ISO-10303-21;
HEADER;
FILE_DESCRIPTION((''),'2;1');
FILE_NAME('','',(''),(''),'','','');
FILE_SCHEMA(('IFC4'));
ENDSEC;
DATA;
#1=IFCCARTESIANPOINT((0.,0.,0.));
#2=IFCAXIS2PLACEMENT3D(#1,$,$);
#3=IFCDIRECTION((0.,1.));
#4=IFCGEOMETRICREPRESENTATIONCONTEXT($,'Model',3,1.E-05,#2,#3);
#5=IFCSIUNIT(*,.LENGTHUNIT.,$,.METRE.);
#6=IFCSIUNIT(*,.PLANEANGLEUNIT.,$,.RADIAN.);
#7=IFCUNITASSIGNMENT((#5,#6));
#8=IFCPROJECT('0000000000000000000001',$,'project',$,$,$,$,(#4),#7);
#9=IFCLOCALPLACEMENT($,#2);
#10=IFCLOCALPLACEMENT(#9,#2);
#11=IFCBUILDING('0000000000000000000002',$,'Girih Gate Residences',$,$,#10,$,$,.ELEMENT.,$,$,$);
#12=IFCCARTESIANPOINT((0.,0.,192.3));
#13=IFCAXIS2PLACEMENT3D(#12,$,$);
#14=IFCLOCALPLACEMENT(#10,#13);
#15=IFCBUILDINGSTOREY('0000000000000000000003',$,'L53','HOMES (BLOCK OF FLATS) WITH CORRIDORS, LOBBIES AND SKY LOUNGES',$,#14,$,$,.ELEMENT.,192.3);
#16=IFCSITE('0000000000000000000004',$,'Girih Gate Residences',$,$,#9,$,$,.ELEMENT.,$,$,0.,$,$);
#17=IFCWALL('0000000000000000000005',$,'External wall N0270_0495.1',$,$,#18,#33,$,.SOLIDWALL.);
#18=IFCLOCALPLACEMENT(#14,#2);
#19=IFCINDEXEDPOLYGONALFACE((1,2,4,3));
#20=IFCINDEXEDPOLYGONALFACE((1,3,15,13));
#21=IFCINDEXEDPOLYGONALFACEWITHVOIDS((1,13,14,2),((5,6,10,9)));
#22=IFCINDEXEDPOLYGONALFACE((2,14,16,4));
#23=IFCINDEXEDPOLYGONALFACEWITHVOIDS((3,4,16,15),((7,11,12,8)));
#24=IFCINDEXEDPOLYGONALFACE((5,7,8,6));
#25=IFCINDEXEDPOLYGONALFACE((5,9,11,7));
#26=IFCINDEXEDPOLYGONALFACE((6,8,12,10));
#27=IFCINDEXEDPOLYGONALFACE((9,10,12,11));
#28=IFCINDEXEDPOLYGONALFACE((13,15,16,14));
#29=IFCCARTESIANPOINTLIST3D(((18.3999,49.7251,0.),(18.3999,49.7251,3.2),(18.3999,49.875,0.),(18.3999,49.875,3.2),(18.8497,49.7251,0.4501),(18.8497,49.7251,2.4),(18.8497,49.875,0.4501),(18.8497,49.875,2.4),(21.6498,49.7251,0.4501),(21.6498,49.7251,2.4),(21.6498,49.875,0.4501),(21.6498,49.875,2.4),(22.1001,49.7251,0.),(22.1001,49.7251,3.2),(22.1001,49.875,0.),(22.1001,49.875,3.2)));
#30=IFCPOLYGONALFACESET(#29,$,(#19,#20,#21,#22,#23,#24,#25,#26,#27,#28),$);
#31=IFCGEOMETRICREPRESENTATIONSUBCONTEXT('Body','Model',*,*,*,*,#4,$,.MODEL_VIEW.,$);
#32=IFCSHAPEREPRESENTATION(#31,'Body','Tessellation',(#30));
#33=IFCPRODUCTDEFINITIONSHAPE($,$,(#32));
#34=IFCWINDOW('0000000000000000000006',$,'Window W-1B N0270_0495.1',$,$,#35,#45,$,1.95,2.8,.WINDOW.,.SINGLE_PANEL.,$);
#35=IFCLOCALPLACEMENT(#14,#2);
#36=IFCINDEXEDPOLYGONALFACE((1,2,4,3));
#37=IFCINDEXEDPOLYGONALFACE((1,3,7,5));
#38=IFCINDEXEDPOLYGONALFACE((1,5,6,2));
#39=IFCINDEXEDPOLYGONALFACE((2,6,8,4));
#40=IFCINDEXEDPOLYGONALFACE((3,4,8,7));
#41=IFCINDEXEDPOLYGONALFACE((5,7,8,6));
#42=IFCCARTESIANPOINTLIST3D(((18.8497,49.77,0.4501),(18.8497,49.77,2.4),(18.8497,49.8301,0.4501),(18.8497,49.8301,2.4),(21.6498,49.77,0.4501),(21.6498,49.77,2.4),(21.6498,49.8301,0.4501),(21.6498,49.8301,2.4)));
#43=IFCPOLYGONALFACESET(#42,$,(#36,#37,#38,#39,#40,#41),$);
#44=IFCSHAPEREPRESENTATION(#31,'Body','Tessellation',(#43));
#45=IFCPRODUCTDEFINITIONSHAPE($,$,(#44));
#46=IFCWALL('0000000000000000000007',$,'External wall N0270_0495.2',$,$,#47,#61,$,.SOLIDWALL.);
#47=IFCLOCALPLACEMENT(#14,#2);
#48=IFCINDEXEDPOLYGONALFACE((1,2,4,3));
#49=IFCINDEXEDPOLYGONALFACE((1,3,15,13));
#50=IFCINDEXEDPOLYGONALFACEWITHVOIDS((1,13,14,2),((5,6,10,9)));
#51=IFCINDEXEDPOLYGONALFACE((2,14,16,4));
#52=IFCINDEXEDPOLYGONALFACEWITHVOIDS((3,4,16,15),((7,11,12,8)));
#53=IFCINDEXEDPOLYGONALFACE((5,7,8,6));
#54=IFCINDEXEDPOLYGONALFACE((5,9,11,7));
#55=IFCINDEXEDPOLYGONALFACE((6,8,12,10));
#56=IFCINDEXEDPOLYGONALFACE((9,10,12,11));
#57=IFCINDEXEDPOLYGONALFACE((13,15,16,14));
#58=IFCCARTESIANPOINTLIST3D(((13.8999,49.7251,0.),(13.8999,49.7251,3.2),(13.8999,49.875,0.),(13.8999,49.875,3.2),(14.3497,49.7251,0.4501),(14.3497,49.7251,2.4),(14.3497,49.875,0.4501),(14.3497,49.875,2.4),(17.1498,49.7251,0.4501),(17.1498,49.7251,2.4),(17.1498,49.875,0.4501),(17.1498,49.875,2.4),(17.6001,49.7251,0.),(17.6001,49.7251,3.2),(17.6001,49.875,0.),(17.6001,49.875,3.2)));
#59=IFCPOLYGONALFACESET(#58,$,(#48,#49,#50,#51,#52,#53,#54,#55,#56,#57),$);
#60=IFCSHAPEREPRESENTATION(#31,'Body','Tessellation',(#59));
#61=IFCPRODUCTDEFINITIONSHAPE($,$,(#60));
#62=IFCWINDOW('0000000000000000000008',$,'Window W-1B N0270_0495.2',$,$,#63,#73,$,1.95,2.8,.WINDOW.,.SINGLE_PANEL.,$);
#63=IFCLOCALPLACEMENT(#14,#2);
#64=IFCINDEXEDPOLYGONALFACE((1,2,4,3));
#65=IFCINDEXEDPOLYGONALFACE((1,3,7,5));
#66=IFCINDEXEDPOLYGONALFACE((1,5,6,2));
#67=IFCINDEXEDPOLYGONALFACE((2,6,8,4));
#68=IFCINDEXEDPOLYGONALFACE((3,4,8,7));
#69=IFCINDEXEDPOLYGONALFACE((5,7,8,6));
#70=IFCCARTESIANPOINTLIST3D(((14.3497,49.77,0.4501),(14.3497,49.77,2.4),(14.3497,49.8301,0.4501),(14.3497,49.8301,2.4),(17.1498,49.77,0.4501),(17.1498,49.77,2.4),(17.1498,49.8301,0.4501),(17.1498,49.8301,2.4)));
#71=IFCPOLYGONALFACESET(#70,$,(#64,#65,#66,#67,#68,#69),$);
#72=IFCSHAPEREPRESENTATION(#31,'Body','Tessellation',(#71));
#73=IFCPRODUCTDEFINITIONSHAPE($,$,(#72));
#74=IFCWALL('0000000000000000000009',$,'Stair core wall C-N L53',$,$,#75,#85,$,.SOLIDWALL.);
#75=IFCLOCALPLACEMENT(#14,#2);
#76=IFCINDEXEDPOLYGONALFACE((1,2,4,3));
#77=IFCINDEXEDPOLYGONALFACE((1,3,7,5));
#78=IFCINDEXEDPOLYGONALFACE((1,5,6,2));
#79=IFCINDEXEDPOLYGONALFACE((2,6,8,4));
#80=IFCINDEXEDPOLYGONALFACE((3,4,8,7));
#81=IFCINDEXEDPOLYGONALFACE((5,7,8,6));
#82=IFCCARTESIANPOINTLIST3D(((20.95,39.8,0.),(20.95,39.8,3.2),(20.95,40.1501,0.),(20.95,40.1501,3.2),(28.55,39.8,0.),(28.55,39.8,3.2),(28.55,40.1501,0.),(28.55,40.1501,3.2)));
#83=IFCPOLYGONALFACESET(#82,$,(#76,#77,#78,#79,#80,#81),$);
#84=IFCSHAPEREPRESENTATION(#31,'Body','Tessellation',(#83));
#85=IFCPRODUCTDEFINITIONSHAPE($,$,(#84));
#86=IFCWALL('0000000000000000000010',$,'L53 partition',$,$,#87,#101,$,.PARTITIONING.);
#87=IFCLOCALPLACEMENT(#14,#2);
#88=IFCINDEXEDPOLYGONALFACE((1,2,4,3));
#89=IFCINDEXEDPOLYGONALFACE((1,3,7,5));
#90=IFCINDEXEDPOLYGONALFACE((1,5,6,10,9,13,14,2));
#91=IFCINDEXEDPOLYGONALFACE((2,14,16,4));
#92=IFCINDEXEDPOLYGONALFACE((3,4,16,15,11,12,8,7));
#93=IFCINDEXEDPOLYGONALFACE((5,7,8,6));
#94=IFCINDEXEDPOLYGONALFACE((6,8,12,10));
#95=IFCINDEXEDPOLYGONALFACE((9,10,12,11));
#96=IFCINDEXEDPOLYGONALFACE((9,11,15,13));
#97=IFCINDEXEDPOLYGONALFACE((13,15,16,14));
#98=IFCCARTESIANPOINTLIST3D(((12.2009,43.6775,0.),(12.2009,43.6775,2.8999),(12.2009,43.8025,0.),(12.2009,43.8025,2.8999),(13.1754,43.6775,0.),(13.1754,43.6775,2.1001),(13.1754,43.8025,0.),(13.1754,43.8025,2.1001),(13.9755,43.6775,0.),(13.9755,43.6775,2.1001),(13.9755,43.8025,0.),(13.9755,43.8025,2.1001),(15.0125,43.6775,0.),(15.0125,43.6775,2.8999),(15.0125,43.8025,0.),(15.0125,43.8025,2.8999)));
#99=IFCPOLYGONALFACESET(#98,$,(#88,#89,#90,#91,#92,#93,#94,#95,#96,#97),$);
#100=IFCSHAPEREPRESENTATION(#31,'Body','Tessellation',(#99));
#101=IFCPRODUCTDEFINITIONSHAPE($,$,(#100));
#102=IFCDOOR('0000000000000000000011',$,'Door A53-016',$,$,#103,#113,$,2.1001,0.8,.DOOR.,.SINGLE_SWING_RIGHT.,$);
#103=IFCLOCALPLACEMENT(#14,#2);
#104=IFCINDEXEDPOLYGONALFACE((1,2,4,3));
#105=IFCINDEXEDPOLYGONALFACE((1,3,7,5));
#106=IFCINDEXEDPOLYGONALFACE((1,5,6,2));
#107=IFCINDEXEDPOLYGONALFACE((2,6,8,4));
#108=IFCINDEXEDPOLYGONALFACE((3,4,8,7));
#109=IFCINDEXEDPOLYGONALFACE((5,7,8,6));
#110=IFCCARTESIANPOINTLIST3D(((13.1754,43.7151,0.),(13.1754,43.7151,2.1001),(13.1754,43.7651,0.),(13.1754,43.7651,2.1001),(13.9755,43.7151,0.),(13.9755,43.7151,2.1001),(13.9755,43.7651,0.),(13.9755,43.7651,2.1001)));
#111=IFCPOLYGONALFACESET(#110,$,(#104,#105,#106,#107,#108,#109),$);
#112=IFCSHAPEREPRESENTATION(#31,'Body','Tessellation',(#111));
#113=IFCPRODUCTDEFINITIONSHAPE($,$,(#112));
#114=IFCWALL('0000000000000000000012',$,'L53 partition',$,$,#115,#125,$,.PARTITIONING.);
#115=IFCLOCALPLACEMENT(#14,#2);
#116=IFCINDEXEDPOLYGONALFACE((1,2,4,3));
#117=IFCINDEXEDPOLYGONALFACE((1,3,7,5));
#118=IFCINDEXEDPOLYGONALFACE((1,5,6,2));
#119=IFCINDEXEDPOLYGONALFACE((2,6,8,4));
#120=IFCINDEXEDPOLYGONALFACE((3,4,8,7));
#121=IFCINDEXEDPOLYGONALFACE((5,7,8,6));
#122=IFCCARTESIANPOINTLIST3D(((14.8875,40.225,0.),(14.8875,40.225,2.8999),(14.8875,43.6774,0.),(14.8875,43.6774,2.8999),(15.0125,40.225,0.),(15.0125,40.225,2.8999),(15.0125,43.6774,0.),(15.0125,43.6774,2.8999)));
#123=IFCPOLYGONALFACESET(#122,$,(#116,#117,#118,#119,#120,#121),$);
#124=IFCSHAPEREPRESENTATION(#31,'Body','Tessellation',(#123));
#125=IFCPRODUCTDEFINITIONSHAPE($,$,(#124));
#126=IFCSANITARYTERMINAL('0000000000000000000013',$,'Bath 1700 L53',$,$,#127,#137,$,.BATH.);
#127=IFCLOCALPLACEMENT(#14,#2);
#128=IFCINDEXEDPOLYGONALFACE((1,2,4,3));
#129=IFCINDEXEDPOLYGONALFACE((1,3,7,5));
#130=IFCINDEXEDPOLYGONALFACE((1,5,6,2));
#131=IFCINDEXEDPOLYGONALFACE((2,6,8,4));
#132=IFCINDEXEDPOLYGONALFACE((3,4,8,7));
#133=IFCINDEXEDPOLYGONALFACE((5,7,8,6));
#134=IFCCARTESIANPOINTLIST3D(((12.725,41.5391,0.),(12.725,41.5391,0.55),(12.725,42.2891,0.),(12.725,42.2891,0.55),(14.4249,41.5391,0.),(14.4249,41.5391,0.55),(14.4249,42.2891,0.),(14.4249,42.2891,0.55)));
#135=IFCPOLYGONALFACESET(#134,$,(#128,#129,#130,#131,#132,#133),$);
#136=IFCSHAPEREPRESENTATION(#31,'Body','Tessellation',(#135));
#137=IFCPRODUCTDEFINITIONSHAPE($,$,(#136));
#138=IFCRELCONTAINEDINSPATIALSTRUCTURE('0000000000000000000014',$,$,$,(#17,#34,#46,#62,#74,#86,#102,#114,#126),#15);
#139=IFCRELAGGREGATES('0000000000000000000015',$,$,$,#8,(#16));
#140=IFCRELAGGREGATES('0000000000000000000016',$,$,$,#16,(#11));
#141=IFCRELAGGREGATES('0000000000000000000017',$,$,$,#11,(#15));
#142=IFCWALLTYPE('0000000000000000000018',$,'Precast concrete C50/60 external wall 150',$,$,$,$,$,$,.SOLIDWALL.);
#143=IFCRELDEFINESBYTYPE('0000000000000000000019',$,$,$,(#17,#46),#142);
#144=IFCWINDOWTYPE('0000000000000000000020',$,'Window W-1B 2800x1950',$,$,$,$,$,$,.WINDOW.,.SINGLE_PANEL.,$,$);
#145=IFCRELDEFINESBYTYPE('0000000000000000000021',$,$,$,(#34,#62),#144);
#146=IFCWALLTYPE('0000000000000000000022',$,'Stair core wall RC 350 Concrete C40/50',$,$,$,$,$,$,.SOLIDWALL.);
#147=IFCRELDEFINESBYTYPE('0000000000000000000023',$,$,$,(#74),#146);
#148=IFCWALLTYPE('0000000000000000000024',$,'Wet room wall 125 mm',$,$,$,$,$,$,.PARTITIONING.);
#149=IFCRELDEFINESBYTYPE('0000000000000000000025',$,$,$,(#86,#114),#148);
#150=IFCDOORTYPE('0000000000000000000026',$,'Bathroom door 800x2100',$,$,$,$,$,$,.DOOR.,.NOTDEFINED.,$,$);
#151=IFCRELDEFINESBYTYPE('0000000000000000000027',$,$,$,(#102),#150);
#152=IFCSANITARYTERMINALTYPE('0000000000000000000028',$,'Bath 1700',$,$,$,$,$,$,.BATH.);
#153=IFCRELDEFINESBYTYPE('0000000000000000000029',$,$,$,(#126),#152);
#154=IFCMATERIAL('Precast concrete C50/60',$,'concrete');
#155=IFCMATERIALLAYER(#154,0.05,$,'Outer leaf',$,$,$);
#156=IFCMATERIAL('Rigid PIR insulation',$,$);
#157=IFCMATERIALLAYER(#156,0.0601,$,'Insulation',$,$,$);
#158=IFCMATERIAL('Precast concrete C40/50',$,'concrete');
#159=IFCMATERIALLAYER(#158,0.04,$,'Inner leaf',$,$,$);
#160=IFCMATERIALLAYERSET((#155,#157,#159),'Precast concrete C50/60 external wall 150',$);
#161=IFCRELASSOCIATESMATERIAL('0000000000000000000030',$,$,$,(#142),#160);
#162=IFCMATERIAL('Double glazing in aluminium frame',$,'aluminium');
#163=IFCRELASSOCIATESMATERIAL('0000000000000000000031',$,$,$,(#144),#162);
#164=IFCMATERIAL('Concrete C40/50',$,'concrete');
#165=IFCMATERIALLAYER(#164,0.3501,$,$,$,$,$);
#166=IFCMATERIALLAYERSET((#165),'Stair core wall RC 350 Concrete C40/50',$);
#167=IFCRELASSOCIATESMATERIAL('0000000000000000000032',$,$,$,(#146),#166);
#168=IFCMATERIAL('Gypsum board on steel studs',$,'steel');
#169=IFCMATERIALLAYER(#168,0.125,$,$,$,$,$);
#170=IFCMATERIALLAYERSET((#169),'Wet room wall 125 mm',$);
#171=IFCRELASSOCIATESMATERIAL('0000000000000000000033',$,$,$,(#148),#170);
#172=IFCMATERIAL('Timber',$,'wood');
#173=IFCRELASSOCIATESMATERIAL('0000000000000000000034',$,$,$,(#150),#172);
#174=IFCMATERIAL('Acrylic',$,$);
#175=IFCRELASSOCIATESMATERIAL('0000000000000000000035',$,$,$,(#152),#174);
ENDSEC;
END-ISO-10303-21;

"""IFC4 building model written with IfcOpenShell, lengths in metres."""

from ifc_helpers import new_model, si_unit, direction, frame, frame_2d, origin, origin_2d, place, context, subcontext, project, spatial, rectangle, extrude, material, layer, layer_set, type_object, element, fill, save


model = new_model("IFC4")

# Units and contexts
model_context = context("Model", 3, precision=1e-05, world=origin(), true_north=direction((0.0, 1.0)))
body_context = subcontext(model_context, "Body", "Model", "MODEL_VIEW")
ifc_project = project(units=[si_unit("LENGTHUNIT", "METRE"), si_unit("PLANEANGLEUNIT", "RADIAN")], contexts=[model_context])

# Site, building, storey
site_placement = place(None, origin())
site = spatial("IfcSite", under=ifc_project, at=site_placement, Name="Girih Gate Residences", CompositionType="ELEMENT", RefElevation=0.0)
building_placement = place(site_placement, origin())
building = spatial("IfcBuilding", under=site, at=building_placement, Name="Girih Gate Residences", CompositionType="ELEMENT")
storey_placement = place(building_placement, frame((0.0, 0.0, 192.3)))
storey = spatial("IfcBuildingStorey", under=building, at=storey_placement, Name="L53", Description="HOMES (BLOCK OF FLATS) WITH CORRIDORS, LOBBIES AND SKY LOUNGES", CompositionType="ELEMENT", Elevation=192.3)

# Shared definitions
ifc_material_1 = material(Name="Gypsum board on steel studs", Category="steel")

# Walls, openings, windows
ifc_material_2 = material(Name="Precast concrete C50/60", Category="concrete")
ifc_layer_1 = layer(ifc_material_2, 0.05, Name="Outer leaf")
ifc_material_3 = material(Name="Rigid PIR insulation")
ifc_layer_2 = layer(ifc_material_3, 0.0601, Name="Insulation")
ifc_material_4 = material(Name="Precast concrete C40/50", Category="concrete")
ifc_layer_3 = layer(ifc_material_4, 0.04, Name="Inner leaf")
ifc_layer_set_1 = layer_set([ifc_layer_1, ifc_layer_2, ifc_layer_3], Name="Precast concrete C50/60 external wall 150")
wall_type_1 = type_object("IfcWallType", Name="Precast concrete C50/60 external wall 150", PredefinedType="SOLIDWALL", material=ifc_layer_set_1)
wall_1_placement = place(storey_placement, frame((18.3999, 49.8, 0.0), z_axis=(0.0, 0.0, 1.0), x_axis=(1.0, 0.0, 0.0)))
wall_1 = element("IfcWall", 1, at=wall_1_placement, inside=storey, type_object=wall_type_1, Name="External wall N0270_0495.1", PredefinedType="SOLIDWALL", context=body_context, shape_type="SweptSolid", body=[
    extrude(rectangle(XDim=3.7002, YDim=0.1499, at=frame_2d((1.8501, 0.0))), origin(), (0.0, 0.0, 1.0), 3.2),
])
opening_1_placement = place(wall_1_placement, frame((0.45, 0.0, 0.45)))
opening_1 = element("IfcOpeningElement", 2, at=opening_1_placement, cuts=wall_1, PredefinedType="OPENING", context=body_context, shape_type="SweptSolid", body=[
    extrude(rectangle(XDim=2.8, YDim=1.95, at=frame_2d((1.3999, 0.9751))), frame((0.0, 0.085, 0.0), z_axis=(0.0, -1.0, 0.0), x_axis=(1.0, 0.0, 0.0)), (0.0, 0.0, 1.0), 0.1699),
])
ifc_material_5 = material(Name="Double glazing in aluminium frame", Category="aluminium")
window_type = type_object("IfcWindowType", Name="Window W-1B 2800x1950", PartitioningType="SINGLE_PANEL", PredefinedType="WINDOW", material=ifc_material_5)
window_1_placement = place(opening_1_placement, origin())
window_1 = element("IfcWindow", 3, at=window_1_placement, inside=storey, type_object=window_type, Name="Window W-1B N0270_0495.1", OverallHeight=1.95, OverallWidth=2.8, PartitioningType="SINGLE_PANEL", PredefinedType="WINDOW", context=body_context, shape_type="SweptSolid", body=[
    extrude(rectangle(XDim=2.8, YDim=1.95, at=frame_2d((1.3999, 0.9751))), frame((0.0, 0.03, 0.0), z_axis=(0.0, -1.0, 0.0), x_axis=(1.0, 0.0, 0.0)), (0.0, 0.0, 1.0), 0.0601),
])
fill(opening_1, window_1)
wall_2_placement = place(storey_placement, frame((13.8999, 49.8, 0.0), z_axis=(0.0, 0.0, 1.0), x_axis=(1.0, 0.0, 0.0)))
wall_2 = element("IfcWall", 4, at=wall_2_placement, inside=storey, type_object=wall_type_1, Name="External wall N0270_0495.2", PredefinedType="SOLIDWALL", context=body_context, shape_type="SweptSolid", body=[
    extrude(rectangle(XDim=3.7002, YDim=0.1499, at=frame_2d((1.8501, 0.0))), origin(), (0.0, 0.0, 1.0), 3.2),
])
opening_2_placement = place(wall_2_placement, frame((0.45, 0.0, 0.45)))
opening_2 = element("IfcOpeningElement", 5, at=opening_2_placement, cuts=wall_2, PredefinedType="OPENING", context=body_context, shape_type="SweptSolid", body=[
    extrude(rectangle(XDim=2.8, YDim=1.95, at=frame_2d((1.3999, 0.9751))), frame((0.0, 0.085, 0.0), z_axis=(0.0, -1.0, 0.0), x_axis=(1.0, 0.0, 0.0)), (0.0, 0.0, 1.0), 0.1699),
])
window_2_placement = place(opening_2_placement, origin())
window_2 = element("IfcWindow", 6, at=window_2_placement, inside=storey, type_object=window_type, Name="Window W-1B N0270_0495.2", OverallHeight=1.95, OverallWidth=2.8, PartitioningType="SINGLE_PANEL", PredefinedType="WINDOW", context=body_context, shape_type="SweptSolid", body=[
    extrude(rectangle(XDim=2.8, YDim=1.95, at=frame_2d((1.3999, 0.9751))), frame((0.0, 0.03, 0.0), z_axis=(0.0, -1.0, 0.0), x_axis=(1.0, 0.0, 0.0)), (0.0, 0.0, 1.0), 0.0601),
])
fill(opening_2, window_2)

# Wall
ifc_material_6 = material(Name="Concrete C40/50", Category="concrete")
ifc_layer_4 = layer(ifc_material_6, 0.3501)
ifc_layer_set_2 = layer_set([ifc_layer_4], Name="Stair core wall RC 350 Concrete C40/50")
wall_type_2 = type_object("IfcWallType", Name="Stair core wall RC 350 Concrete C40/50", PredefinedType="SOLIDWALL", material=ifc_layer_set_2)
wall_3_placement = place(storey_placement, frame((20.95, 39.9751, 0.0), z_axis=(0.0, 0.0, 1.0), x_axis=(1.0, 0.0, 0.0)))
element("IfcWall", 7, at=wall_3_placement, inside=storey, type_object=wall_type_2, Name="Stair core wall C-N L53", PredefinedType="SOLIDWALL", context=body_context, shape_type="SweptSolid", body=[
    extrude(rectangle(XDim=7.6001, YDim=0.3501, at=frame_2d((3.8, 0.0))), origin(), (0.0, 0.0, 1.0), 3.2),
])

# Wall, opening, door
ifc_layer_5 = layer(ifc_material_1, 0.125)
ifc_layer_set_3 = layer_set([ifc_layer_5], Name="Wet room wall 125 mm")
wall_type_3 = type_object("IfcWallType", Name="Wet room wall 125 mm", PredefinedType="PARTITIONING", material=ifc_layer_set_3)
wall_4_placement = place(storey_placement, frame((15.0125, 43.74, 0.0), z_axis=(0.0, 0.0, 1.0), x_axis=(-1.0, 0.0, 0.0)))
wall_4 = element("IfcWall", 8, at=wall_4_placement, inside=storey, type_object=wall_type_3, Name="L53 partition", PredefinedType="PARTITIONING", context=body_context, shape_type="SweptSolid", body=[
    extrude(rectangle(XDim=2.8115, YDim=0.125, at=frame_2d((1.4058, 0.0))), origin(), (0.0, 0.0, 1.0), 2.8999),
])
opening_3_placement = place(wall_4_placement, frame((1.0371, 0.0, 0.0)))
opening_3 = element("IfcOpeningElement", 9, at=opening_3_placement, cuts=wall_4, PredefinedType="OPENING", context=body_context, shape_type="SweptSolid", body=[
    extrude(rectangle(XDim=0.8, YDim=2.1001, at=frame_2d((0.3999, 1.05))), frame((0.0, 0.0725, 0.0), z_axis=(0.0, -1.0, 0.0), x_axis=(1.0, 0.0, 0.0)), (0.0, 0.0, 1.0), 0.145),
])
ifc_material_7 = material(Name="Timber", Category="wood")
door_type_1 = type_object("IfcDoorType", Name="Bathroom door 800x2100", OperationType="NOTDEFINED", PredefinedType="DOOR", material=ifc_material_7)
door_1_placement = place(opening_3_placement, origin())
door_1 = element("IfcDoor", 10, at=door_1_placement, inside=storey, type_object=door_type_1, Name="Door A53-016", OperationType="SINGLE_SWING_RIGHT", OverallHeight=2.1001, OverallWidth=0.8, PredefinedType="DOOR", context=body_context, shape_type="SweptSolid", body=[
    extrude(rectangle(XDim=0.8, YDim=2.1001, at=frame_2d((0.3999, 1.05))), frame((0.0, 0.0249, 0.0), z_axis=(0.0, -1.0, 0.0), x_axis=(1.0, 0.0, 0.0)), (0.0, 0.0, 1.0), 0.05),
])
fill(opening_3, door_1)

# Wall
wall_5_placement = place(storey_placement, frame((14.95, 40.2251, 0.0), z_axis=(0.0, 0.0, 1.0), x_axis=(0.0, 1.0, 0.0)))
element("IfcWall", 11, at=wall_5_placement, inside=storey, type_object=wall_type_3, Name="L53 partition", PredefinedType="PARTITIONING", context=body_context, shape_type="SweptSolid", body=[
    extrude(rectangle(XDim=3.4524, YDim=0.125, at=frame_2d((1.7261, 0.0))), origin(), (0.0, 0.0, 1.0), 2.8999),
])

# Sanitary terminal
ifc_material_8 = material(Name="Acrylic")
sanitary_terminal_type = type_object("IfcSanitaryTerminalType", Name="Bath 1700", PredefinedType="BATH", material=ifc_material_8)
sanitary_terminal_placement = place(storey_placement, frame((13.575, 41.9141, 0.0), z_axis=(0.0, 0.0, 1.0), x_axis=(1.0, 0.0, 0.0)))
element("IfcSanitaryTerminal", 12, at=sanitary_terminal_placement, inside=storey, type_object=sanitary_terminal_type, Name="Bath 1700 L53", PredefinedType="BATH", context=body_context, shape_type="SweptSolid", body=[
    extrude(rectangle(XDim=1.7, YDim=0.75, at=origin_2d()), origin(), (0.0, 0.0, 1.0), 0.55),
])

save(model, "model.ifc")
